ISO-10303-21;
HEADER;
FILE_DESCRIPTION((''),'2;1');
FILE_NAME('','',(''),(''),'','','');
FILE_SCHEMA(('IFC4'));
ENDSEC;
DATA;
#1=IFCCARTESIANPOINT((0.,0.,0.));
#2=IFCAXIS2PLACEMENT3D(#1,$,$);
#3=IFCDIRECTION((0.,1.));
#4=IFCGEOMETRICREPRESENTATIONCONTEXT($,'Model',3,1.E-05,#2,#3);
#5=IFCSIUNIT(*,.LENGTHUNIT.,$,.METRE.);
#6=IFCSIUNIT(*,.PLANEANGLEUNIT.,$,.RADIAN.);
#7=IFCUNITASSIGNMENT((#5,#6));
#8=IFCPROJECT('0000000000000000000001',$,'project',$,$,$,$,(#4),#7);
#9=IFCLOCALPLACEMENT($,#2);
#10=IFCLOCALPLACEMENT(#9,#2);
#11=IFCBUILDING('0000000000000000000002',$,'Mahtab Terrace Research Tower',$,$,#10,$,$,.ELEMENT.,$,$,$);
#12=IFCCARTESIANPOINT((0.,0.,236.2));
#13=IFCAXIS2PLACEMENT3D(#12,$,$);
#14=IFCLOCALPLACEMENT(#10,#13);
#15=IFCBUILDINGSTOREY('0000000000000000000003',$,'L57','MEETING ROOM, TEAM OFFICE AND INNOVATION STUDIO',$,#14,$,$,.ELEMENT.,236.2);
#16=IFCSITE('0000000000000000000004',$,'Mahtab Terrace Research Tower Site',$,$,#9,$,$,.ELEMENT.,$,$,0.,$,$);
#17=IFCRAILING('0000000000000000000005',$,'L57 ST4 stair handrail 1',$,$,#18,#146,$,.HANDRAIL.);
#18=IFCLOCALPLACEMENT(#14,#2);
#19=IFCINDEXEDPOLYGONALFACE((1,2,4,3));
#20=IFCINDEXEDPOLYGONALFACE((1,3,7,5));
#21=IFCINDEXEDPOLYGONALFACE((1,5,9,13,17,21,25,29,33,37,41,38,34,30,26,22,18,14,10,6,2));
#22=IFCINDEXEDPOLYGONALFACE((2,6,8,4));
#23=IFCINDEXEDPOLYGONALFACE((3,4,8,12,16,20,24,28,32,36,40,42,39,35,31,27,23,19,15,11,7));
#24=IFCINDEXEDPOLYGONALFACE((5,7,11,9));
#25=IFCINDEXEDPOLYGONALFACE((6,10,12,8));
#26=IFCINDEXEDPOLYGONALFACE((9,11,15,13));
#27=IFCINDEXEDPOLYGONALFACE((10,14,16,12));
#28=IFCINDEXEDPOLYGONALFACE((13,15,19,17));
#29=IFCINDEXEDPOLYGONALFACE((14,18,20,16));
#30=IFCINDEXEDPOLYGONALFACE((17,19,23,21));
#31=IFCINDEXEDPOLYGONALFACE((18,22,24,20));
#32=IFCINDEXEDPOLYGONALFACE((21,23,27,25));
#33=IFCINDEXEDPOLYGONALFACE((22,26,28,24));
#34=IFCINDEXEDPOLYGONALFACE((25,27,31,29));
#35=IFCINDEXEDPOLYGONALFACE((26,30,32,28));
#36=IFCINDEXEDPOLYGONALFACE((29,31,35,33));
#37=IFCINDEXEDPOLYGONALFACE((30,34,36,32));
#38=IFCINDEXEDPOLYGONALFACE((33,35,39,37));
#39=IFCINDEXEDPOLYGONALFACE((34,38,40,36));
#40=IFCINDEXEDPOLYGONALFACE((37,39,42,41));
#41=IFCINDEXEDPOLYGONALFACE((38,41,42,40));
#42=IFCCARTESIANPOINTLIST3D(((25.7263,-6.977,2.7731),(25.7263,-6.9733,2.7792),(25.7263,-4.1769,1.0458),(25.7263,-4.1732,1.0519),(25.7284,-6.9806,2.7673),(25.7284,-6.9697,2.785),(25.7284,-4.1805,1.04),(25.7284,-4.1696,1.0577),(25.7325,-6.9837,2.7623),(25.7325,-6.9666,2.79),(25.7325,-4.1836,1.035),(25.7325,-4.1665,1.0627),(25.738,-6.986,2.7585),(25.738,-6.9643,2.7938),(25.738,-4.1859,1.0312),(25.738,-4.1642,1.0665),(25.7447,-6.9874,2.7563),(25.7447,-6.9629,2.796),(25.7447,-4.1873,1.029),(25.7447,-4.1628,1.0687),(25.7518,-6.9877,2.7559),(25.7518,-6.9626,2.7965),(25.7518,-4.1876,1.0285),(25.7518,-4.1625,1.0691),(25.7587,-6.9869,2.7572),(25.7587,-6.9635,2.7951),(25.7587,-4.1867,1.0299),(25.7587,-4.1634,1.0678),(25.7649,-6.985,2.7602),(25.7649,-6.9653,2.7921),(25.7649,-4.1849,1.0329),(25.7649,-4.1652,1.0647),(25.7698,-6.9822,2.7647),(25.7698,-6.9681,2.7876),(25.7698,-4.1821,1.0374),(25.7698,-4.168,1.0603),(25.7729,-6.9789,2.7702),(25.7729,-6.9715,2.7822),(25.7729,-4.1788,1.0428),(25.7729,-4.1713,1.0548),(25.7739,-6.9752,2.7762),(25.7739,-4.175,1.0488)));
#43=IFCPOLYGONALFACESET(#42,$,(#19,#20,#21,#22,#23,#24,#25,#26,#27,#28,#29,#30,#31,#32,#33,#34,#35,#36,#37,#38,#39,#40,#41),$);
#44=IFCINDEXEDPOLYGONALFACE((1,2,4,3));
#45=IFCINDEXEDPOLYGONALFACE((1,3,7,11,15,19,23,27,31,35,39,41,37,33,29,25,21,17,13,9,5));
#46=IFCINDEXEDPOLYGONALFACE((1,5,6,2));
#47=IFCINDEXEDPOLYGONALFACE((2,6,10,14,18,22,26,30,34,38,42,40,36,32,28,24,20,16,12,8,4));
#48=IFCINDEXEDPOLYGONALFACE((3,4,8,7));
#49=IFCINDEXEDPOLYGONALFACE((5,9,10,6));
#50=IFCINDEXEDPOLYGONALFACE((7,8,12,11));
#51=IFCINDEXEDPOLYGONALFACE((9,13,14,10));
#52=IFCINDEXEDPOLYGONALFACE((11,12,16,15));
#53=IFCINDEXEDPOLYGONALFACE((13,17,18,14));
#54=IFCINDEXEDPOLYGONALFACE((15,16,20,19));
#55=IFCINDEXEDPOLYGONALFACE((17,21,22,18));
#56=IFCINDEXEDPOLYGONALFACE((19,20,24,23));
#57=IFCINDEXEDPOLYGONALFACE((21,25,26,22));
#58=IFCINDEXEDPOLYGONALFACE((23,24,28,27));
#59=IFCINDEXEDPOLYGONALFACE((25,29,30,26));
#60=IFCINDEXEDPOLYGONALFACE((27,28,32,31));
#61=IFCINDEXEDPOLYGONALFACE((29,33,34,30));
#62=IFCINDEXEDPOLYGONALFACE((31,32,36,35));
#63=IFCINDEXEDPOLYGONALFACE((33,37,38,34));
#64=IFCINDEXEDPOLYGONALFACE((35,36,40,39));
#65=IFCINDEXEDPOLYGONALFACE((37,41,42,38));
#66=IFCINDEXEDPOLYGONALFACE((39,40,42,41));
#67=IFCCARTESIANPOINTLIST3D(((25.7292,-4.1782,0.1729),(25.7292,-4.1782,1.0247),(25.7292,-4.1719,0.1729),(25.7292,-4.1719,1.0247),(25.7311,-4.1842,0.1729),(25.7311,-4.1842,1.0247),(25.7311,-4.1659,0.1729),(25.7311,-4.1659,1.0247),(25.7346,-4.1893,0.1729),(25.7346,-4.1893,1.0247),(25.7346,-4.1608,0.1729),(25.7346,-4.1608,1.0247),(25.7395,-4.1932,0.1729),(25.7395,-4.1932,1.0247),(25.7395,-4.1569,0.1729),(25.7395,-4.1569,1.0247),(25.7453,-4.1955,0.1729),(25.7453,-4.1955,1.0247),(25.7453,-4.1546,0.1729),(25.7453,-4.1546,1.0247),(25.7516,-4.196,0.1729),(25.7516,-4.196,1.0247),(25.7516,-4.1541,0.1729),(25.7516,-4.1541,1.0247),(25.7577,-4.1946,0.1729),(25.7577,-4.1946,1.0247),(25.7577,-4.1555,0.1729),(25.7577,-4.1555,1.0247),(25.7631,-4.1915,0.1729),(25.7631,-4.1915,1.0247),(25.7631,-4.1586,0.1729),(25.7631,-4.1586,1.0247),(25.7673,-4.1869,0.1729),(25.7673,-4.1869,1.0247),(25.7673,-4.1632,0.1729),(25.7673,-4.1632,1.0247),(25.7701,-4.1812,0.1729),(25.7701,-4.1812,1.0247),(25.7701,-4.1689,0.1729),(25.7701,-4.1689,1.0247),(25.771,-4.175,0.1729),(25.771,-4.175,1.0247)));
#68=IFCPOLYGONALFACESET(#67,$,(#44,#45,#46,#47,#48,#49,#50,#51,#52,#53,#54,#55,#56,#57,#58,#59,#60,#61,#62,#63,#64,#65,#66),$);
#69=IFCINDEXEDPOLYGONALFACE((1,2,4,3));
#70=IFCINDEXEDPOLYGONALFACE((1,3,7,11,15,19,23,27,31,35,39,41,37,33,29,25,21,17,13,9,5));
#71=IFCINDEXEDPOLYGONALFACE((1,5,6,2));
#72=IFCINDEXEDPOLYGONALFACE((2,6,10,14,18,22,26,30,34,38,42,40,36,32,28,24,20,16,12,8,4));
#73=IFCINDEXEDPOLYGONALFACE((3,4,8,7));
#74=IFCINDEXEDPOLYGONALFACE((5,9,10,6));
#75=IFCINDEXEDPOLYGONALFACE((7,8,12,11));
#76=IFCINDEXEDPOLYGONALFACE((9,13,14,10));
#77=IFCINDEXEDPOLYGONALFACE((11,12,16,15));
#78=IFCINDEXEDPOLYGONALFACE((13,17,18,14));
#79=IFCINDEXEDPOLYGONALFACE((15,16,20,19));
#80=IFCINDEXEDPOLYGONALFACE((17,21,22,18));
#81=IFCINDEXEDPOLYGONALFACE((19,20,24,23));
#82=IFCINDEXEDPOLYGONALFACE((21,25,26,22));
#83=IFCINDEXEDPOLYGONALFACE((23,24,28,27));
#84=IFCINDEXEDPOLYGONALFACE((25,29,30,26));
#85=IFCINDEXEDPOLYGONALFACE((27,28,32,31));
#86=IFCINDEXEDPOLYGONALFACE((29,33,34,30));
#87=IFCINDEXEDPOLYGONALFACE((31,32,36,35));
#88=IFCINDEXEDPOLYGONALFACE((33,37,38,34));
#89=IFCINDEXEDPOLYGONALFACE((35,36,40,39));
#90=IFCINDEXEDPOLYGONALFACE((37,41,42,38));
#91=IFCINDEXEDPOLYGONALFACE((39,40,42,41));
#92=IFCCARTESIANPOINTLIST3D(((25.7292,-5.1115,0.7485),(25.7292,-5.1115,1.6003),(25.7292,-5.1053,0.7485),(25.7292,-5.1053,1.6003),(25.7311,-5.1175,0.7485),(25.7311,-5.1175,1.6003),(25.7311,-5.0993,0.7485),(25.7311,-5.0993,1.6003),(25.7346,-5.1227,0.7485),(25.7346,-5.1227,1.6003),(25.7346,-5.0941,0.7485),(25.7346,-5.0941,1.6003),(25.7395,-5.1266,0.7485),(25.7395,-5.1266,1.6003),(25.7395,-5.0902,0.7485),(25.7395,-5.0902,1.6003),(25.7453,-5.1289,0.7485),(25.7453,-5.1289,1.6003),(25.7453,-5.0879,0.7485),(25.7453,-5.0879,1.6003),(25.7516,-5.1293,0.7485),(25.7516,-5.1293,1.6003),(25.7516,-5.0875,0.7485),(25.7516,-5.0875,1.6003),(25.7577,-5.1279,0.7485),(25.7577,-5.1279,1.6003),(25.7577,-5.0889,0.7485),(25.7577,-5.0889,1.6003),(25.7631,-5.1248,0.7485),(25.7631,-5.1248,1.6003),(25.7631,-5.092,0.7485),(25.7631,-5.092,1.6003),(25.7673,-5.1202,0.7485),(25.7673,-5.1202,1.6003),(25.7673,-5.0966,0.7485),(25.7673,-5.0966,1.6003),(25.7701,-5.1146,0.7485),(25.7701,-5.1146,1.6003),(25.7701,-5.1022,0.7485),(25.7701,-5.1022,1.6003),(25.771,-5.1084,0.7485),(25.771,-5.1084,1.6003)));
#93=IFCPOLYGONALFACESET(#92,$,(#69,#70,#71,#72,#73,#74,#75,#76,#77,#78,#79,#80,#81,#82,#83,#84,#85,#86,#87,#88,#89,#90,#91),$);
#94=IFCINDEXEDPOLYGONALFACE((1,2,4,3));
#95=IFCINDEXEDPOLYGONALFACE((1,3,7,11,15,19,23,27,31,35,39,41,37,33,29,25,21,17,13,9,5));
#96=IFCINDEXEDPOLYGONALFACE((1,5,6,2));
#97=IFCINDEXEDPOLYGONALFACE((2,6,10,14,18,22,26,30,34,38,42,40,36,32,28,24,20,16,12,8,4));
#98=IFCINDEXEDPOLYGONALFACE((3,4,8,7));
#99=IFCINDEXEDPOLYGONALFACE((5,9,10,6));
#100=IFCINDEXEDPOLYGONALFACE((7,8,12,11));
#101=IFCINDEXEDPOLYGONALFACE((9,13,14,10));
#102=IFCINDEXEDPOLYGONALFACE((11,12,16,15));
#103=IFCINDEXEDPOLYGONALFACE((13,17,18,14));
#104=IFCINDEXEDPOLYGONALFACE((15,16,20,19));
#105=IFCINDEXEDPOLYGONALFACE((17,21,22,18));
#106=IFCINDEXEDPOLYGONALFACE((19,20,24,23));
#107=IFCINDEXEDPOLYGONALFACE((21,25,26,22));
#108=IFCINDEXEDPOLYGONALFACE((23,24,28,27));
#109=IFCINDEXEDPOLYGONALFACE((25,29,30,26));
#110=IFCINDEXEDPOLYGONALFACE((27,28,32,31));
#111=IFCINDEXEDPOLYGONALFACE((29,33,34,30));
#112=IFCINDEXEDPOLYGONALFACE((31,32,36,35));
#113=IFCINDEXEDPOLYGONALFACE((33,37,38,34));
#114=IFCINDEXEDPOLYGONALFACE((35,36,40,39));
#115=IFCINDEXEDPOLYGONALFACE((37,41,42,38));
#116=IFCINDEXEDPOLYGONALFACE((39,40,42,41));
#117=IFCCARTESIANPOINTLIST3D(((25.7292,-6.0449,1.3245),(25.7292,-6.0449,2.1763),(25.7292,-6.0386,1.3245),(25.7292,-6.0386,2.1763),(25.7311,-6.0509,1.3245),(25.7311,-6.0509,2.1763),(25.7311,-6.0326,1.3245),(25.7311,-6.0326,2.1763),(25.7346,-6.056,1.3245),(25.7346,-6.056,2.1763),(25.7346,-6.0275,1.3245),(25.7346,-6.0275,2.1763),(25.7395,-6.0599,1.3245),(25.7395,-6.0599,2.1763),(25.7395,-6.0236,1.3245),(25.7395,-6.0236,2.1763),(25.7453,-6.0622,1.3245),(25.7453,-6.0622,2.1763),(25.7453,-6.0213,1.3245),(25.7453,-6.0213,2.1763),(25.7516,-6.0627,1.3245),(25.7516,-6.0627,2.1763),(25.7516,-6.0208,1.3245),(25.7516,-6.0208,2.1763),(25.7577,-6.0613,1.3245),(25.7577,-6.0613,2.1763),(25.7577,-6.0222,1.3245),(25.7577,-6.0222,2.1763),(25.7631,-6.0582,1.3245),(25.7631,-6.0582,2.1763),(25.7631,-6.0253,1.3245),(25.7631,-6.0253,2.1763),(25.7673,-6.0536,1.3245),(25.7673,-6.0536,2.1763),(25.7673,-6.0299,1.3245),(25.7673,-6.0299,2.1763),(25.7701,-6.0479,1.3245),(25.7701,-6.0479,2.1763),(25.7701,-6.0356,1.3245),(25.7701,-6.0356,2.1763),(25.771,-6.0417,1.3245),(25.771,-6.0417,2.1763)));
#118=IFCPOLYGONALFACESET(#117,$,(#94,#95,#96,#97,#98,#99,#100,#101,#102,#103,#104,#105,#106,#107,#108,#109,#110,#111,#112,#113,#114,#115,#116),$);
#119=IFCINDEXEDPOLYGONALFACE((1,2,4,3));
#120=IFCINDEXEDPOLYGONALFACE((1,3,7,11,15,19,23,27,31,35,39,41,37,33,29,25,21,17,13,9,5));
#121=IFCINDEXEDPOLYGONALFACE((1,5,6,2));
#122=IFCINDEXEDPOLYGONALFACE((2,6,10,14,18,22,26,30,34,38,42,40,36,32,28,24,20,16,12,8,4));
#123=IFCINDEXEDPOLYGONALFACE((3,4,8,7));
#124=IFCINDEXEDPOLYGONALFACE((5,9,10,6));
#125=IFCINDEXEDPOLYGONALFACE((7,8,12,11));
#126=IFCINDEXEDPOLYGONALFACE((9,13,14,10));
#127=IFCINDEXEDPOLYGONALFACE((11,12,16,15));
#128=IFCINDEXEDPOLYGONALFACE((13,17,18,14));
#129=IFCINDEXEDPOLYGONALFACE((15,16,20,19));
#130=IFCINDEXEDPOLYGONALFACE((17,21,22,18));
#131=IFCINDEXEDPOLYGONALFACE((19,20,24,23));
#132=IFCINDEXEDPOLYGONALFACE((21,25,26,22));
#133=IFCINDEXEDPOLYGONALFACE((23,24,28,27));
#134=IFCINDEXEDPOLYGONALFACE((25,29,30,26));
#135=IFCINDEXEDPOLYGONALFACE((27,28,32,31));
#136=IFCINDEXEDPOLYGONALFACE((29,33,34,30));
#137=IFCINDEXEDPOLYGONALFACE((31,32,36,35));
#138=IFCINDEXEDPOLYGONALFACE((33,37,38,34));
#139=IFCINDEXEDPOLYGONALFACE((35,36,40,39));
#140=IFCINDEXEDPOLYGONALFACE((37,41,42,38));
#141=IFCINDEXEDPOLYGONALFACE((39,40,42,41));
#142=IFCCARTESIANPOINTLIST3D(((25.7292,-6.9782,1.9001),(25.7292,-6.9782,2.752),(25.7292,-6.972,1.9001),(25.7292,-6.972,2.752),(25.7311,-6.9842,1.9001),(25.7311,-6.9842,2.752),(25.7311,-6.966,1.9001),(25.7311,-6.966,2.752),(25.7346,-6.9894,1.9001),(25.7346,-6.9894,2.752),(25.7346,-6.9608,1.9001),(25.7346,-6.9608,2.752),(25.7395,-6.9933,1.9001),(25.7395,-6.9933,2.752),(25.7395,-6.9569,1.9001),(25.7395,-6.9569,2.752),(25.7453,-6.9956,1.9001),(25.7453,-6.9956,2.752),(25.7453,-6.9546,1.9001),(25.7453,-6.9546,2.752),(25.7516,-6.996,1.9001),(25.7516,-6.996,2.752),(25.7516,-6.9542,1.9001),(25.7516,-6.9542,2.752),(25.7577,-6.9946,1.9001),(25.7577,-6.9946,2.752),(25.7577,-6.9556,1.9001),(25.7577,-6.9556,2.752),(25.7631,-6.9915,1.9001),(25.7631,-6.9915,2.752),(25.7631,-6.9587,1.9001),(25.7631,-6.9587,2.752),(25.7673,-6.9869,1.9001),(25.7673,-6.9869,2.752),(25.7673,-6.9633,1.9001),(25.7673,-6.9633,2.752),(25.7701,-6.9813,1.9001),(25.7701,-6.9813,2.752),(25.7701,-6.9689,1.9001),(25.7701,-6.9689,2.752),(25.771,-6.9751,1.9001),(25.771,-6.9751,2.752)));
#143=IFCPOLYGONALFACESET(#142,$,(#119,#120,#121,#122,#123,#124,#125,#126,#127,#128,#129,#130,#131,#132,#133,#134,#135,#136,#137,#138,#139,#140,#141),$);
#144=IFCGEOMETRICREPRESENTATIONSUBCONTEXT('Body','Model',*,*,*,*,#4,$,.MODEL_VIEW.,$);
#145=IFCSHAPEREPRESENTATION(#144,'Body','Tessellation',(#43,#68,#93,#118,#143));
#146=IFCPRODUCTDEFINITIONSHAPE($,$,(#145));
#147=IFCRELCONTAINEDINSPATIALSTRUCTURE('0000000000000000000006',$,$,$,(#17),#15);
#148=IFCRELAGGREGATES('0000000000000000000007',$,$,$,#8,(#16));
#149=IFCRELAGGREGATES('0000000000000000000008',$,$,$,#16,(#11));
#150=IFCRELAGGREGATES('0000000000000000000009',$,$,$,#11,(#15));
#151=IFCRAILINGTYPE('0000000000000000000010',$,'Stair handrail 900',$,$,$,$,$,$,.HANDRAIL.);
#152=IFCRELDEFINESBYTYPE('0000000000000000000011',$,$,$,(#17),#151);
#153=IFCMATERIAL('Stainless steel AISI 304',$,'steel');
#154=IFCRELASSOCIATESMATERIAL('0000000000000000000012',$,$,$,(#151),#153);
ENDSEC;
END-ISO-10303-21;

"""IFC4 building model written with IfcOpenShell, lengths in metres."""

from ifc_helpers import new_model, si_unit, direction, frame, origin, origin_2d, place, context, subcontext, project, spatial, circle, extrude, material, type_object, element, save


model = new_model("IFC4")

# Units and contexts
model_context = context("Model", 3, precision=1e-05, world=origin(), true_north=direction((0.0, 1.0)))
body_context = subcontext(model_context, "Body", "Model", "MODEL_VIEW")
ifc_project = project(units=[si_unit("LENGTHUNIT", "METRE"), si_unit("PLANEANGLEUNIT", "RADIAN")], contexts=[model_context])

# Site, building, storey
site_placement = place(None, origin())
site = spatial("IfcSite", under=ifc_project, at=site_placement, Name="Mahtab Terrace Research Tower Site", CompositionType="ELEMENT", RefElevation=0.0)
building_placement = place(site_placement, origin())
building = spatial("IfcBuilding", under=site, at=building_placement, Name="Mahtab Terrace Research Tower", CompositionType="ELEMENT")
storey_placement = place(building_placement, frame((0.0, 0.0, 236.2)))
storey = spatial("IfcBuildingStorey", under=building, at=storey_placement, Name="L57", Description="MEETING ROOM, TEAM OFFICE AND INNOVATION STUDIO", CompositionType="ELEMENT", Elevation=236.2)

# Shared definitions
ifc_material_1 = material(Name="Stainless steel AISI 304", Category="steel")

# Railing
railing_type_1 = type_object("IfcRailingType", Name="Stair handrail 900", PredefinedType="HANDRAIL", material=ifc_material_1)
railing_1_placement = place(storey_placement, frame((25.75, -4.175, 0.1729)))
element("IfcRailing", 1, at=railing_1_placement, inside=storey, type_object=railing_type_1, Name="L57 ST4 stair handrail 1", PredefinedType="HANDRAIL", context=body_context, shape_type="SweptSolid", body=[
    extrude(circle(Radius=0.0239, at=origin_2d()), frame((0.0, 0.0, 0.876), z_axis=(0.0, -0.85109, 0.52502), x_axis=(1.0, 0.0, 0.0)), (0.0, 0.0, 1.0), 3.29),
    extrude(circle(Radius=0.021, at=origin_2d()), origin(), (0.0, 0.0, 1.0), 0.8518),
    extrude(circle(Radius=0.021, at=origin_2d()), frame((0.0, -0.9333, 0.5757)), (0.0, 0.0, 1.0), 0.8518),
    extrude(circle(Radius=0.021, at=origin_2d()), frame((0.0, -1.8667, 1.1516)), (0.0, 0.0, 1.0), 0.8518),
    extrude(circle(Radius=0.021, at=origin_2d()), frame((0.0, -2.8, 1.7273)), (0.0, 0.0, 1.0), 0.8518),
])

save(model, "model.ifc")
